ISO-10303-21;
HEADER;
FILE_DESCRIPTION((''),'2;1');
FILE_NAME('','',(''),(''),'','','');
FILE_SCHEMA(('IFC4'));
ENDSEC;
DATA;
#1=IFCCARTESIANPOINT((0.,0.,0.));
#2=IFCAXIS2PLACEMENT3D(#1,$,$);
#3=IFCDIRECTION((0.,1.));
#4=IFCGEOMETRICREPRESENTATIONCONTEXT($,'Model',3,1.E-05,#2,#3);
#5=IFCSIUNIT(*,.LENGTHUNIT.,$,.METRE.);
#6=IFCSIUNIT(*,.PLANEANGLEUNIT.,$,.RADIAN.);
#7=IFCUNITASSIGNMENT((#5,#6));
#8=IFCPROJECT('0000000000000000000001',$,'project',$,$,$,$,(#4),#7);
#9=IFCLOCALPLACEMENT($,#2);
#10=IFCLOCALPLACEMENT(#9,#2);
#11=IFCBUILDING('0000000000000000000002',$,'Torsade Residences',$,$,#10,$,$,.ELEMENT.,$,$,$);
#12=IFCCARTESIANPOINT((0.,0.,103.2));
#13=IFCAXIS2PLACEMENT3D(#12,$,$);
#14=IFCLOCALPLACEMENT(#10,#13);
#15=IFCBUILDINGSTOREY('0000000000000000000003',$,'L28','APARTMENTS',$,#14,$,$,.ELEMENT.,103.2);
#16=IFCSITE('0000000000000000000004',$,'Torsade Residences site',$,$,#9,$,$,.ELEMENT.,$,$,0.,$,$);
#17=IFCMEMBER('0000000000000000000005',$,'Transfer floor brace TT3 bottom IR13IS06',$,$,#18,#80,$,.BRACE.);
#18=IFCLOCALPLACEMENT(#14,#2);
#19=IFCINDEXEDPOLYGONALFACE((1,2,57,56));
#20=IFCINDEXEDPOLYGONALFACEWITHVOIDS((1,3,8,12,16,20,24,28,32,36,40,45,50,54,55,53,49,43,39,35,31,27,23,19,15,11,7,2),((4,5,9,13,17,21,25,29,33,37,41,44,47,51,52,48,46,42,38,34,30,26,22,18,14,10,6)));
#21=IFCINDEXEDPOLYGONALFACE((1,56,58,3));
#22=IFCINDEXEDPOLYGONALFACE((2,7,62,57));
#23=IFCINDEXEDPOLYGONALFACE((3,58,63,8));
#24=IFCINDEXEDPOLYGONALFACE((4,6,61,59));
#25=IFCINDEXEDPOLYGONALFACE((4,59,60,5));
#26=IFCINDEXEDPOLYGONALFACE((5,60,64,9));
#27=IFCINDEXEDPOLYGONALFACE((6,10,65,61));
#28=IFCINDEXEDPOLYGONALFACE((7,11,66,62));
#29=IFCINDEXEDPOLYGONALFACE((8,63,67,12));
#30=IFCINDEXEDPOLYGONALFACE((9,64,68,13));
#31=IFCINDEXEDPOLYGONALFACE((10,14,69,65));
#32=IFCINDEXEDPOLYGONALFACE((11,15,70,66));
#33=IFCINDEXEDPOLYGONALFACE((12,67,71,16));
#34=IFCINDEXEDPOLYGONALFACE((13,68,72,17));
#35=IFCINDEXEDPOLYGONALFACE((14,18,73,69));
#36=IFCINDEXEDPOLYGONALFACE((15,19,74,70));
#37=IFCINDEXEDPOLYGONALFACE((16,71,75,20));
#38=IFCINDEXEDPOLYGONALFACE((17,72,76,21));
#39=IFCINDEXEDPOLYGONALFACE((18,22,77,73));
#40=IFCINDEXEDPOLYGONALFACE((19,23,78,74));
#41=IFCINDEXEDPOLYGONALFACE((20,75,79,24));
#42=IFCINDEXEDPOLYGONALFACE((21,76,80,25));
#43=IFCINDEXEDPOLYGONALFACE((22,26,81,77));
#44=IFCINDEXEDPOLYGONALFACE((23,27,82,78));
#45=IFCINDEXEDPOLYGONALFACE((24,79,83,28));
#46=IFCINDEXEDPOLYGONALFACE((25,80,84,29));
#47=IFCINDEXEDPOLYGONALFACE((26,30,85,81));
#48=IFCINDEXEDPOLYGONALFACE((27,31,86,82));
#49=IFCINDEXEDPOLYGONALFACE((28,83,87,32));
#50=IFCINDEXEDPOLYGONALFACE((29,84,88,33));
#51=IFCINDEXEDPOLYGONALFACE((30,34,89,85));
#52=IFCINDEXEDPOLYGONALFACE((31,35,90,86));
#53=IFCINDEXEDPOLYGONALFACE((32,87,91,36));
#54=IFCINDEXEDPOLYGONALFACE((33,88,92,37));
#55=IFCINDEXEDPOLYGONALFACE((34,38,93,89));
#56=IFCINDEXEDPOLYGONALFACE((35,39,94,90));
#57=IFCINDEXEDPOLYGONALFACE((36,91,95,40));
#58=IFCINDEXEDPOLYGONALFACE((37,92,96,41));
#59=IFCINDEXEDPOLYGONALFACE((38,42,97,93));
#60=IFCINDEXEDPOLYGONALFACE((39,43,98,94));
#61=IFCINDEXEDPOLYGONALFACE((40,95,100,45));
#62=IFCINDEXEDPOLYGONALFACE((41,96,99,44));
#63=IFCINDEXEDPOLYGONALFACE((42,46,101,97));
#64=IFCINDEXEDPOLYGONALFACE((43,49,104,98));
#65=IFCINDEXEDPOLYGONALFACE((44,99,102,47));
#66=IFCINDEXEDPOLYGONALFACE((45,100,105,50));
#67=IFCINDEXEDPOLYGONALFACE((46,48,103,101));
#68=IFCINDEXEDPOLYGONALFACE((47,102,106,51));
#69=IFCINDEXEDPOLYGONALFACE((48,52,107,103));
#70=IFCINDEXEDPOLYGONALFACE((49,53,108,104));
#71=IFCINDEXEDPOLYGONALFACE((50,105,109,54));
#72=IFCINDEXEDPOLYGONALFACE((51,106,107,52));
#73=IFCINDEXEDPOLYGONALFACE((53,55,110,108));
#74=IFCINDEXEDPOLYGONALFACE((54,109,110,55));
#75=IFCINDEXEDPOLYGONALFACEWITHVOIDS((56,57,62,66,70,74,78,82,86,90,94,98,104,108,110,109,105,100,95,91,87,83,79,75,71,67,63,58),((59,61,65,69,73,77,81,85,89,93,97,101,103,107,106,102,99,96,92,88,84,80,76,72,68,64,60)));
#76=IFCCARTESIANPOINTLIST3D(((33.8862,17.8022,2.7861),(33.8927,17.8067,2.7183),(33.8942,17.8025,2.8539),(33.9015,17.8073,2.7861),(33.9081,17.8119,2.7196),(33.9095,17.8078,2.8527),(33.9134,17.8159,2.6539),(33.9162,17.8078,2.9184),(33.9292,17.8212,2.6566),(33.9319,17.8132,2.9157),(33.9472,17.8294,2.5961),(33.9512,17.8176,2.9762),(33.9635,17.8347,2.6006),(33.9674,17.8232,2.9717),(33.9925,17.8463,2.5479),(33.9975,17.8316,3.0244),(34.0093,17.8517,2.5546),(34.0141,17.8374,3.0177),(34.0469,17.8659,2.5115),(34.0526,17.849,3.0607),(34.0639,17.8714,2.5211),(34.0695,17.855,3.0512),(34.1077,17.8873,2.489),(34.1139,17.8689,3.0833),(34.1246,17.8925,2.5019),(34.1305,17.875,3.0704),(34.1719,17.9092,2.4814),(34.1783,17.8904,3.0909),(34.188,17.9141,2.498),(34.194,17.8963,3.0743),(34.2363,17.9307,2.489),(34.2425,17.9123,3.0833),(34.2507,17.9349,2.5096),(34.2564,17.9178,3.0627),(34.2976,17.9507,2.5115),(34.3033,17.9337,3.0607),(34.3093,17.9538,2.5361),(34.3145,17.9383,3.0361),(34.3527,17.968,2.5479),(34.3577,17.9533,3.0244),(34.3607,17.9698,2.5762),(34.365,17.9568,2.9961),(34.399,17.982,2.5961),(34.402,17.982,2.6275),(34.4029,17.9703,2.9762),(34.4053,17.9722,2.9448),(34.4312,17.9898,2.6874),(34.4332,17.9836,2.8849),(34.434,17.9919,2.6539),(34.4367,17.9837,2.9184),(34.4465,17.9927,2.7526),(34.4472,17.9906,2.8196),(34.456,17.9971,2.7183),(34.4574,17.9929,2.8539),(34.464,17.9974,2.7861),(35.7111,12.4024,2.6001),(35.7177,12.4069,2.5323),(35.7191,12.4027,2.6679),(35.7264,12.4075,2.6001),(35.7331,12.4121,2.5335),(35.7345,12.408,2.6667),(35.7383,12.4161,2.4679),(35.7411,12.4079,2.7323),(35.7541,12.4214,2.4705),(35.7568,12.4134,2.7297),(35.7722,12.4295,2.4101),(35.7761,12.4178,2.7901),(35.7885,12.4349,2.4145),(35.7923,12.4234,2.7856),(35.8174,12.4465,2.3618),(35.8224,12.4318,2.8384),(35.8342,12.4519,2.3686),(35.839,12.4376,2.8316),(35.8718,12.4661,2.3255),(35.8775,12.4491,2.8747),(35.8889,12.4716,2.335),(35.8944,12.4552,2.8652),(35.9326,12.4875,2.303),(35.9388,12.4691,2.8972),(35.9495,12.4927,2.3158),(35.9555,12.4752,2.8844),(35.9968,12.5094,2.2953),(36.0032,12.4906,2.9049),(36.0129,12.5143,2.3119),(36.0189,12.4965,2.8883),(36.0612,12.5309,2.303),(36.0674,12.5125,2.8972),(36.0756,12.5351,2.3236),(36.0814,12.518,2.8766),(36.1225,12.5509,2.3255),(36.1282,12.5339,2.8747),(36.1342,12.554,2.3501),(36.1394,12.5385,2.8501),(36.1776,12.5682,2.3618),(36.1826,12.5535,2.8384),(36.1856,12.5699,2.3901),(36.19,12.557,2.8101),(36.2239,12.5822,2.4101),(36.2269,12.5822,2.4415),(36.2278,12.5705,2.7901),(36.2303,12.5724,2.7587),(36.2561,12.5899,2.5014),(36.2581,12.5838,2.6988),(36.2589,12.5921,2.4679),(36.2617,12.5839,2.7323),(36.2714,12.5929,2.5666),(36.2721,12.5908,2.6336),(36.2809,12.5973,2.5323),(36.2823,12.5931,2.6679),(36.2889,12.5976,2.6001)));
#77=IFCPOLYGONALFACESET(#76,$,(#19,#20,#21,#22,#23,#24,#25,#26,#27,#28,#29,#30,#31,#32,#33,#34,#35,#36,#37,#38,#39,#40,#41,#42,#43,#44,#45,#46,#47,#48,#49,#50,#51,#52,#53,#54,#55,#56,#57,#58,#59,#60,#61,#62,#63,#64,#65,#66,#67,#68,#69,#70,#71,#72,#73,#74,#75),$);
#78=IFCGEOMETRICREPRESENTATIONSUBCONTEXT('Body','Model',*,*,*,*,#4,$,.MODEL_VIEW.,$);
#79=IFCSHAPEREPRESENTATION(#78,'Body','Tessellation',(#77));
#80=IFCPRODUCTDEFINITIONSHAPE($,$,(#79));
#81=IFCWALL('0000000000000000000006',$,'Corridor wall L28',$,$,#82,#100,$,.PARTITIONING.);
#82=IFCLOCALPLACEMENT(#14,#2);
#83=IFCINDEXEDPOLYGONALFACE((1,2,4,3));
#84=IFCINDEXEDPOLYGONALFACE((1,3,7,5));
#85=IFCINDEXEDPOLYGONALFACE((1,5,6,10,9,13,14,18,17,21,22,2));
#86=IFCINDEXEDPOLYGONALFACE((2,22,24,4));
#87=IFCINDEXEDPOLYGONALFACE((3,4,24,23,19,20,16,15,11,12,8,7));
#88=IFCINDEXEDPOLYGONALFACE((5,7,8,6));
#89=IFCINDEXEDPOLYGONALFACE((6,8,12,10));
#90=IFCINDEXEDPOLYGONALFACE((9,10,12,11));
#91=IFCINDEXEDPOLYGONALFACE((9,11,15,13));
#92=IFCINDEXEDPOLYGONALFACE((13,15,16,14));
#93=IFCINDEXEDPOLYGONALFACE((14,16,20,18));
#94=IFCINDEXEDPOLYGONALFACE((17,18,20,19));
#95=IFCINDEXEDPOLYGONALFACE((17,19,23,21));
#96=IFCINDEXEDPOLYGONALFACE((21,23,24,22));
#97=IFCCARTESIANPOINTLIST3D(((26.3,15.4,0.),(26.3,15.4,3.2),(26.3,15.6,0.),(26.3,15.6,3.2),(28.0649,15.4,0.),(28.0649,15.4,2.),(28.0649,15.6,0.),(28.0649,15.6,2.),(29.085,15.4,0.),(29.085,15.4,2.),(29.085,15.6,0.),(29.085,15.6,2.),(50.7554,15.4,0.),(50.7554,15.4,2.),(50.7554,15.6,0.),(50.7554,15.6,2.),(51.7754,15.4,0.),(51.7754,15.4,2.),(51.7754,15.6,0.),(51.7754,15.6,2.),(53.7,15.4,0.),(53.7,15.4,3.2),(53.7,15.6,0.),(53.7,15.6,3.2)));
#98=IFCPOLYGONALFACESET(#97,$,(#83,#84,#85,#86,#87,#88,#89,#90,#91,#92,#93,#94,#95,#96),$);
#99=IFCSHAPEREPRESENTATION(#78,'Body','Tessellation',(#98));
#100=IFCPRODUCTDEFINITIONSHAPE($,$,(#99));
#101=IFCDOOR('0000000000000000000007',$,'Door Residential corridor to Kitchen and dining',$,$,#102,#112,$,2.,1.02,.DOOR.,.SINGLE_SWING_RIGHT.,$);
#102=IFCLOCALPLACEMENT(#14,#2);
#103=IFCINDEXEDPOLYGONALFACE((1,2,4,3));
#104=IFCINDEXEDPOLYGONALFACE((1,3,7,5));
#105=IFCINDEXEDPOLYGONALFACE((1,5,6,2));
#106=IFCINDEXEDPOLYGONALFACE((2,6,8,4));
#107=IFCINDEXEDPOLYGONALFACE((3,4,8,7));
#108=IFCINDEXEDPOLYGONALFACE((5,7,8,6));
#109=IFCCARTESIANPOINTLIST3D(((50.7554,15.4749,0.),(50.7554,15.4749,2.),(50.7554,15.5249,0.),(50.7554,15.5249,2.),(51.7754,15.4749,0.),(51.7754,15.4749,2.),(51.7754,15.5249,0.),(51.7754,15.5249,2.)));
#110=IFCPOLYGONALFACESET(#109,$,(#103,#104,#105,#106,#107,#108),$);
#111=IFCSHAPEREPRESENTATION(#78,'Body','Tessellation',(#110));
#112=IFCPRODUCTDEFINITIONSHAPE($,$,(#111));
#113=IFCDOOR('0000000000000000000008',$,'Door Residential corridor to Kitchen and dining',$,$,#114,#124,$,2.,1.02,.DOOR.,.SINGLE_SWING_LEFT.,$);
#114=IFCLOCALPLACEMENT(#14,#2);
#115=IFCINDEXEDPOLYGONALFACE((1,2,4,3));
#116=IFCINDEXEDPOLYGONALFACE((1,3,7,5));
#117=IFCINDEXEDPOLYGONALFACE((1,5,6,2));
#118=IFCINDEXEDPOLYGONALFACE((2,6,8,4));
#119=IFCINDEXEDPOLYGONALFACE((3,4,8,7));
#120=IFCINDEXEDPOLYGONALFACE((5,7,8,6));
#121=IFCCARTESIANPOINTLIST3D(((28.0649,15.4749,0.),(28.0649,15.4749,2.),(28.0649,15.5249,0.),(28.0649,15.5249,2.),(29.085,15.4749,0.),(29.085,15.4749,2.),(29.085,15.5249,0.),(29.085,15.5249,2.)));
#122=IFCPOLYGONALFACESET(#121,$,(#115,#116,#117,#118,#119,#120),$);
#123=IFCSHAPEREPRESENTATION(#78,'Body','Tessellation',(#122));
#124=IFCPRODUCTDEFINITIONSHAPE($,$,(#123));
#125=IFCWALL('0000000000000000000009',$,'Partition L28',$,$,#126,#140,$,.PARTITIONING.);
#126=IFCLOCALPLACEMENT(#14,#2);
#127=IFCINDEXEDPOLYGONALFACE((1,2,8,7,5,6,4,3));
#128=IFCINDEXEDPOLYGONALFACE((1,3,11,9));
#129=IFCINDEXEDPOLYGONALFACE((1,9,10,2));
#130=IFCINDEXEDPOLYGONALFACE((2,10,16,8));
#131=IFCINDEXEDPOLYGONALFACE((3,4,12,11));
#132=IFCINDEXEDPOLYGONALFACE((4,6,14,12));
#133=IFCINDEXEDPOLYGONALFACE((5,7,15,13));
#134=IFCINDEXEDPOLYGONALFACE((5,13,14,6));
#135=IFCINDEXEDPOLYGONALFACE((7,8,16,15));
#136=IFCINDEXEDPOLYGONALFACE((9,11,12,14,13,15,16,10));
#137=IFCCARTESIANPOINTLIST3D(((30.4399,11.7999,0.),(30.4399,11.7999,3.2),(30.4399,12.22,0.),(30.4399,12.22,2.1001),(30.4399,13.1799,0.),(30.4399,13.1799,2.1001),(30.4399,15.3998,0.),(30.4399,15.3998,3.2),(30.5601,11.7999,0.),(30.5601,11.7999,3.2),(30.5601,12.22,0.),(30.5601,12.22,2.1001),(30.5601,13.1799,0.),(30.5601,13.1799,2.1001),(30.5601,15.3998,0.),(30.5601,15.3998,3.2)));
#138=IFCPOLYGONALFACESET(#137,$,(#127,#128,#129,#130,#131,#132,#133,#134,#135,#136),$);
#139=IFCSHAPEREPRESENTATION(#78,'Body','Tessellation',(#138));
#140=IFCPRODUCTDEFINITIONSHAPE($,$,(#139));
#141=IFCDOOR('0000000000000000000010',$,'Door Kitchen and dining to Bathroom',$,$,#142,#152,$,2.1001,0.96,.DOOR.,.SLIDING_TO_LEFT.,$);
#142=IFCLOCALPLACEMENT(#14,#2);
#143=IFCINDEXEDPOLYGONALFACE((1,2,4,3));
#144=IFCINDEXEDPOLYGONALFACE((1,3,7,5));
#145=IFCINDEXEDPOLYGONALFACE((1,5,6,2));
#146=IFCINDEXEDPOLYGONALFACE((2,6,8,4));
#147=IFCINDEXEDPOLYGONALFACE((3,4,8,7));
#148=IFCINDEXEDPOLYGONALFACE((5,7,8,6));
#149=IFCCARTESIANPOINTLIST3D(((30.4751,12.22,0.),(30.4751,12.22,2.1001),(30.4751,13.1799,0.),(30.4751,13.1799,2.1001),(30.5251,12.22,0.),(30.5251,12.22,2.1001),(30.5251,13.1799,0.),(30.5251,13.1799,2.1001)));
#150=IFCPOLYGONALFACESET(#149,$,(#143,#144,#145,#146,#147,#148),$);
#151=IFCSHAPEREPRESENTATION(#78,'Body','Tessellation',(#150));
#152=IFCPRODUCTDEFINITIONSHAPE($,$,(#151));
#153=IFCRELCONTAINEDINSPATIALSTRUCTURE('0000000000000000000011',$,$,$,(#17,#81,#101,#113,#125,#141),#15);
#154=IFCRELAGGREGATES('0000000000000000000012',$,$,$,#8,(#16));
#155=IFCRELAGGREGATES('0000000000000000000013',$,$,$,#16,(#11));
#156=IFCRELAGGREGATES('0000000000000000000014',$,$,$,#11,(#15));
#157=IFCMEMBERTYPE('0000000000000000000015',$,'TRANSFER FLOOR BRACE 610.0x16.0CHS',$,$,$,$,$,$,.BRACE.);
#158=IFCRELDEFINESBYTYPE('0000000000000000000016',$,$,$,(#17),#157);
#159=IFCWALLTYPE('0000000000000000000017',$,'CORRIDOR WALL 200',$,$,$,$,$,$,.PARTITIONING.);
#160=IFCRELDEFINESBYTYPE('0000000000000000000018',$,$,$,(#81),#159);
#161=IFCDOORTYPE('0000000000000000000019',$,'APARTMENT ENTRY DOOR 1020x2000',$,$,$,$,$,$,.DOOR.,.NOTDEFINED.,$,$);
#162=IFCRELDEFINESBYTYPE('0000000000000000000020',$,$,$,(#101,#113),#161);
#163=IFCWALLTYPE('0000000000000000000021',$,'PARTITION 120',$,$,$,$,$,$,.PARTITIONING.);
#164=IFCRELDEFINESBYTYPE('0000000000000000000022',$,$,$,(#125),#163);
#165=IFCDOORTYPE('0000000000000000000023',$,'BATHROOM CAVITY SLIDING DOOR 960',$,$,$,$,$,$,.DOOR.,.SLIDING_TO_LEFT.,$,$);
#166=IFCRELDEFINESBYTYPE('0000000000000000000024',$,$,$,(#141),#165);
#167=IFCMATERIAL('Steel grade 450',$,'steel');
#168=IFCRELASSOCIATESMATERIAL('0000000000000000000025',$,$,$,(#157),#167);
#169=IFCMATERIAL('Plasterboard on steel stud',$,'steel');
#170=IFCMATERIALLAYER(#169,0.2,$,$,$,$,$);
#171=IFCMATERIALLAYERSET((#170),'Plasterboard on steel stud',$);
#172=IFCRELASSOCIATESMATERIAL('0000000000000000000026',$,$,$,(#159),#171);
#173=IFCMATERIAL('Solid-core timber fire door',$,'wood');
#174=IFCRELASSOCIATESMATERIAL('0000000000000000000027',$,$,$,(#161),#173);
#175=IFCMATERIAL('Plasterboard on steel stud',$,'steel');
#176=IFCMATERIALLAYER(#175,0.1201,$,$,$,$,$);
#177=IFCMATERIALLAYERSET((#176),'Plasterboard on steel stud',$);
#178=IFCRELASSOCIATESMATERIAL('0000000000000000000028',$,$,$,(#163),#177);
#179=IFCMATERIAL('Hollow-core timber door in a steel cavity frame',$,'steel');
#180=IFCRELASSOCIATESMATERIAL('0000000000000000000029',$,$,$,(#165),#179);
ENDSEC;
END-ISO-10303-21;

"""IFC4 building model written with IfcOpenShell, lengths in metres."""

from ifc_helpers import new_model, si_unit, direction, frame, frame_2d, origin, origin_2d, place, context, subcontext, project, spatial, rectangle, hollow_circle, extrude, material, layer, layer_set, material_profile, profile_set, type_object, element, fill, save


model = new_model("IFC4")

# Units and contexts
model_context = context("Model", 3, precision=1e-05, world=origin(), true_north=direction((0.0, 1.0)))
body_context = subcontext(model_context, "Body", "Model", "MODEL_VIEW")
ifc_project = project(units=[si_unit("LENGTHUNIT", "METRE"), si_unit("PLANEANGLEUNIT", "RADIAN")], contexts=[model_context])

# Site, building, storey
site_placement = place(None, origin())
site = spatial("IfcSite", under=ifc_project, at=site_placement, Name="Torsade Residences site", CompositionType="ELEMENT", RefElevation=0.0)
building_placement = place(site_placement, origin())
building = spatial("IfcBuilding", under=site, at=building_placement, Name="Torsade Residences", CompositionType="ELEMENT")
storey_placement = place(building_placement, frame((0.0, 0.0, 103.2)))
storey = spatial("IfcBuildingStorey", under=building, at=storey_placement, Name="L28", Description="APARTMENTS", CompositionType="ELEMENT", Elevation=103.2)

# Member
ifc_material_1 = material(Name="Steel grade 450", Category="steel")
ifc_material_profile_1 = material_profile(ifc_material_1, hollow_circle(Radius=0.3049, WallThickness=0.0161, at=origin_2d()), Name="610.0x16.0CHS")
ifc_profile_set_1 = profile_set([ifc_material_profile_1], Name="Steel grade 450")
member_type = type_object("IfcMemberType", Name="TRANSFER FLOOR BRACE 610.0x16.0CHS", PredefinedType="BRACE", material=ifc_profile_set_1)
member_1_placement = place(storey_placement, frame((36.0, 12.5, 2.6001), z_axis=(-0.319999, 0.946856, 0.032621), x_axis=(-0.94736, -0.32017, 0.0)))
element("IfcMember", 1, at=member_1_placement, inside=storey, type_object=member_type, Name="Transfer floor brace TT3 bottom IR13IS06", PredefinedType="BRACE", context=body_context, shape_type="SweptSolid", body=[
    extrude(hollow_circle(Radius=0.3049, WallThickness=0.0161, at=origin_2d()), origin(), (0.0, 0.0, 1.0), 5.7029),
])

# Wall, openings, doors
ifc_material_2 = material(Name="Plasterboard on steel stud", Category="steel")
ifc_layer_1 = layer(ifc_material_2, 0.2)
ifc_layer_set_1 = layer_set([ifc_layer_1], Name="Plasterboard on steel stud")
wall_type_1 = type_object("IfcWallType", Name="CORRIDOR WALL 200", PredefinedType="PARTITIONING", material=ifc_layer_set_1)
wall_1_placement = place(storey_placement, frame((26.3, 15.5, 0.0), z_axis=(0.0, 0.0, 1.0), x_axis=(1.0, 0.0, 0.0)))
wall_1 = element("IfcWall", 2, at=wall_1_placement, inside=storey, type_object=wall_type_1, Name="Corridor wall L28", PredefinedType="PARTITIONING", context=body_context, shape_type="SweptSolid", body=[
    extrude(rectangle(XDim=27.3999, YDim=0.2, at=frame_2d((13.7, 0.0))), origin(), (0.0, 0.0, 1.0), 3.2),
])
opening_1_placement = place(wall_1_placement, frame((24.4553, 0.0, 0.0)))
opening_1 = element("IfcOpeningElement", 3, at=opening_1_placement, cuts=wall_1, PredefinedType="OPENING", context=body_context, shape_type="SweptSolid", body=[
    extrude(rectangle(XDim=1.02, YDim=2.0, at=frame_2d((0.51, 1.0))), frame((0.0, 0.1099, 0.0), z_axis=(0.0, -1.0, 0.0), x_axis=(1.0, 0.0, 0.0)), (0.0, 0.0, 1.0), 0.22),
])
opening_2_placement = place(wall_1_placement, frame((1.7649, 0.0, 0.0)))
opening_2 = element("IfcOpeningElement", 4, at=opening_2_placement, cuts=wall_1, PredefinedType="OPENING", context=body_context, shape_type="SweptSolid", body=[
    extrude(rectangle(XDim=1.02, YDim=2.0, at=frame_2d((0.51, 1.0))), frame((0.0, 0.1099, 0.0), z_axis=(0.0, -1.0, 0.0), x_axis=(1.0, 0.0, 0.0)), (0.0, 0.0, 1.0), 0.22),
])
ifc_material_3 = material(Name="Solid-core timber fire door", Category="wood")
door_type_1 = type_object("IfcDoorType", Name="APARTMENT ENTRY DOOR 1020x2000", OperationType="NOTDEFINED", PredefinedType="DOOR", material=ifc_material_3)
door_1_placement = place(opening_1_placement, origin())
door_1 = element("IfcDoor", 5, at=door_1_placement, inside=storey, type_object=door_type_1, Name="Door Residential corridor to Kitchen and dining", OperationType="SINGLE_SWING_RIGHT", OverallHeight=2.0, OverallWidth=1.02, PredefinedType="DOOR", context=body_context, shape_type="SweptSolid", body=[
    extrude(rectangle(XDim=1.02, YDim=2.0, at=frame_2d((0.51, 1.0))), frame((0.0, 0.0249, 0.0), z_axis=(0.0, -1.0, 0.0), x_axis=(1.0, 0.0, 0.0)), (0.0, 0.0, 1.0), 0.05),
])
fill(opening_1, door_1)
door_2_placement = place(opening_2_placement, origin())
door_2 = element("IfcDoor", 6, at=door_2_placement, inside=storey, type_object=door_type_1, Name="Door Residential corridor to Kitchen and dining", OperationType="SINGLE_SWING_LEFT", OverallHeight=2.0, OverallWidth=1.02, PredefinedType="DOOR", context=body_context, shape_type="SweptSolid", body=[
    extrude(rectangle(XDim=1.02, YDim=2.0, at=frame_2d((0.51, 1.0))), frame((0.0, 0.0249, 0.0), z_axis=(0.0, -1.0, 0.0), x_axis=(1.0, 0.0, 0.0)), (0.0, 0.0, 1.0), 0.05),
])
fill(opening_2, door_2)

# Wall, opening, door
ifc_material_4 = material(Name="Plasterboard on steel stud", Category="steel")
ifc_layer_2 = layer(ifc_material_4, 0.1201)
ifc_layer_set_2 = layer_set([ifc_layer_2], Name="Plasterboard on steel stud")
wall_type_2 = type_object("IfcWallType", Name="PARTITION 120", PredefinedType="PARTITIONING", material=ifc_layer_set_2)
wall_2_placement = place(storey_placement, frame((30.5, 11.8, 0.0), z_axis=(0.0, 0.0, 1.0), x_axis=(0.0, 1.0, 0.0)))
wall_2 = element("IfcWall", 7, at=wall_2_placement, inside=storey, type_object=wall_type_2, Name="Partition L28", PredefinedType="PARTITIONING", context=body_context, shape_type="SweptSolid", body=[
    extrude(rectangle(XDim=3.5999, YDim=0.1201, at=frame_2d((1.7998, 0.0))), origin(), (0.0, 0.0, 1.0), 3.2),
])
opening_3_placement = place(wall_2_placement, frame((0.4199, 0.0, 0.0)))
opening_3 = element("IfcOpeningElement", 8, at=opening_3_placement, cuts=wall_2, PredefinedType="OPENING", context=body_context, shape_type="SweptSolid", body=[
    extrude(rectangle(XDim=0.96, YDim=2.1001, at=frame_2d((0.48, 1.05))), frame((0.0, 0.0701, 0.0), z_axis=(0.0, -1.0, 0.0), x_axis=(1.0, 0.0, 0.0)), (0.0, 0.0, 1.0), 0.1401),
])
ifc_material_5 = material(Name="Hollow-core timber door in a steel cavity frame", Category="steel")
door_type_2 = type_object("IfcDoorType", Name="BATHROOM CAVITY SLIDING DOOR 960", OperationType="SLIDING_TO_LEFT", PredefinedType="DOOR", material=ifc_material_5)
door_3_placement = place(opening_3_placement, origin())
door_3 = element("IfcDoor", 9, at=door_3_placement, inside=storey, type_object=door_type_2, Name="Door Kitchen and dining to Bathroom", OperationType="SLIDING_TO_LEFT", OverallHeight=2.1001, OverallWidth=0.96, PredefinedType="DOOR", context=body_context, shape_type="SweptSolid", body=[
    extrude(rectangle(XDim=0.96, YDim=2.1001, at=frame_2d((0.48, 1.05))), frame((0.0, 0.0249, 0.0), z_axis=(0.0, -1.0, 0.0), x_axis=(1.0, 0.0, 0.0)), (0.0, 0.0, 1.0), 0.05),
])
fill(opening_3, door_3)

save(model, "model.ifc")
